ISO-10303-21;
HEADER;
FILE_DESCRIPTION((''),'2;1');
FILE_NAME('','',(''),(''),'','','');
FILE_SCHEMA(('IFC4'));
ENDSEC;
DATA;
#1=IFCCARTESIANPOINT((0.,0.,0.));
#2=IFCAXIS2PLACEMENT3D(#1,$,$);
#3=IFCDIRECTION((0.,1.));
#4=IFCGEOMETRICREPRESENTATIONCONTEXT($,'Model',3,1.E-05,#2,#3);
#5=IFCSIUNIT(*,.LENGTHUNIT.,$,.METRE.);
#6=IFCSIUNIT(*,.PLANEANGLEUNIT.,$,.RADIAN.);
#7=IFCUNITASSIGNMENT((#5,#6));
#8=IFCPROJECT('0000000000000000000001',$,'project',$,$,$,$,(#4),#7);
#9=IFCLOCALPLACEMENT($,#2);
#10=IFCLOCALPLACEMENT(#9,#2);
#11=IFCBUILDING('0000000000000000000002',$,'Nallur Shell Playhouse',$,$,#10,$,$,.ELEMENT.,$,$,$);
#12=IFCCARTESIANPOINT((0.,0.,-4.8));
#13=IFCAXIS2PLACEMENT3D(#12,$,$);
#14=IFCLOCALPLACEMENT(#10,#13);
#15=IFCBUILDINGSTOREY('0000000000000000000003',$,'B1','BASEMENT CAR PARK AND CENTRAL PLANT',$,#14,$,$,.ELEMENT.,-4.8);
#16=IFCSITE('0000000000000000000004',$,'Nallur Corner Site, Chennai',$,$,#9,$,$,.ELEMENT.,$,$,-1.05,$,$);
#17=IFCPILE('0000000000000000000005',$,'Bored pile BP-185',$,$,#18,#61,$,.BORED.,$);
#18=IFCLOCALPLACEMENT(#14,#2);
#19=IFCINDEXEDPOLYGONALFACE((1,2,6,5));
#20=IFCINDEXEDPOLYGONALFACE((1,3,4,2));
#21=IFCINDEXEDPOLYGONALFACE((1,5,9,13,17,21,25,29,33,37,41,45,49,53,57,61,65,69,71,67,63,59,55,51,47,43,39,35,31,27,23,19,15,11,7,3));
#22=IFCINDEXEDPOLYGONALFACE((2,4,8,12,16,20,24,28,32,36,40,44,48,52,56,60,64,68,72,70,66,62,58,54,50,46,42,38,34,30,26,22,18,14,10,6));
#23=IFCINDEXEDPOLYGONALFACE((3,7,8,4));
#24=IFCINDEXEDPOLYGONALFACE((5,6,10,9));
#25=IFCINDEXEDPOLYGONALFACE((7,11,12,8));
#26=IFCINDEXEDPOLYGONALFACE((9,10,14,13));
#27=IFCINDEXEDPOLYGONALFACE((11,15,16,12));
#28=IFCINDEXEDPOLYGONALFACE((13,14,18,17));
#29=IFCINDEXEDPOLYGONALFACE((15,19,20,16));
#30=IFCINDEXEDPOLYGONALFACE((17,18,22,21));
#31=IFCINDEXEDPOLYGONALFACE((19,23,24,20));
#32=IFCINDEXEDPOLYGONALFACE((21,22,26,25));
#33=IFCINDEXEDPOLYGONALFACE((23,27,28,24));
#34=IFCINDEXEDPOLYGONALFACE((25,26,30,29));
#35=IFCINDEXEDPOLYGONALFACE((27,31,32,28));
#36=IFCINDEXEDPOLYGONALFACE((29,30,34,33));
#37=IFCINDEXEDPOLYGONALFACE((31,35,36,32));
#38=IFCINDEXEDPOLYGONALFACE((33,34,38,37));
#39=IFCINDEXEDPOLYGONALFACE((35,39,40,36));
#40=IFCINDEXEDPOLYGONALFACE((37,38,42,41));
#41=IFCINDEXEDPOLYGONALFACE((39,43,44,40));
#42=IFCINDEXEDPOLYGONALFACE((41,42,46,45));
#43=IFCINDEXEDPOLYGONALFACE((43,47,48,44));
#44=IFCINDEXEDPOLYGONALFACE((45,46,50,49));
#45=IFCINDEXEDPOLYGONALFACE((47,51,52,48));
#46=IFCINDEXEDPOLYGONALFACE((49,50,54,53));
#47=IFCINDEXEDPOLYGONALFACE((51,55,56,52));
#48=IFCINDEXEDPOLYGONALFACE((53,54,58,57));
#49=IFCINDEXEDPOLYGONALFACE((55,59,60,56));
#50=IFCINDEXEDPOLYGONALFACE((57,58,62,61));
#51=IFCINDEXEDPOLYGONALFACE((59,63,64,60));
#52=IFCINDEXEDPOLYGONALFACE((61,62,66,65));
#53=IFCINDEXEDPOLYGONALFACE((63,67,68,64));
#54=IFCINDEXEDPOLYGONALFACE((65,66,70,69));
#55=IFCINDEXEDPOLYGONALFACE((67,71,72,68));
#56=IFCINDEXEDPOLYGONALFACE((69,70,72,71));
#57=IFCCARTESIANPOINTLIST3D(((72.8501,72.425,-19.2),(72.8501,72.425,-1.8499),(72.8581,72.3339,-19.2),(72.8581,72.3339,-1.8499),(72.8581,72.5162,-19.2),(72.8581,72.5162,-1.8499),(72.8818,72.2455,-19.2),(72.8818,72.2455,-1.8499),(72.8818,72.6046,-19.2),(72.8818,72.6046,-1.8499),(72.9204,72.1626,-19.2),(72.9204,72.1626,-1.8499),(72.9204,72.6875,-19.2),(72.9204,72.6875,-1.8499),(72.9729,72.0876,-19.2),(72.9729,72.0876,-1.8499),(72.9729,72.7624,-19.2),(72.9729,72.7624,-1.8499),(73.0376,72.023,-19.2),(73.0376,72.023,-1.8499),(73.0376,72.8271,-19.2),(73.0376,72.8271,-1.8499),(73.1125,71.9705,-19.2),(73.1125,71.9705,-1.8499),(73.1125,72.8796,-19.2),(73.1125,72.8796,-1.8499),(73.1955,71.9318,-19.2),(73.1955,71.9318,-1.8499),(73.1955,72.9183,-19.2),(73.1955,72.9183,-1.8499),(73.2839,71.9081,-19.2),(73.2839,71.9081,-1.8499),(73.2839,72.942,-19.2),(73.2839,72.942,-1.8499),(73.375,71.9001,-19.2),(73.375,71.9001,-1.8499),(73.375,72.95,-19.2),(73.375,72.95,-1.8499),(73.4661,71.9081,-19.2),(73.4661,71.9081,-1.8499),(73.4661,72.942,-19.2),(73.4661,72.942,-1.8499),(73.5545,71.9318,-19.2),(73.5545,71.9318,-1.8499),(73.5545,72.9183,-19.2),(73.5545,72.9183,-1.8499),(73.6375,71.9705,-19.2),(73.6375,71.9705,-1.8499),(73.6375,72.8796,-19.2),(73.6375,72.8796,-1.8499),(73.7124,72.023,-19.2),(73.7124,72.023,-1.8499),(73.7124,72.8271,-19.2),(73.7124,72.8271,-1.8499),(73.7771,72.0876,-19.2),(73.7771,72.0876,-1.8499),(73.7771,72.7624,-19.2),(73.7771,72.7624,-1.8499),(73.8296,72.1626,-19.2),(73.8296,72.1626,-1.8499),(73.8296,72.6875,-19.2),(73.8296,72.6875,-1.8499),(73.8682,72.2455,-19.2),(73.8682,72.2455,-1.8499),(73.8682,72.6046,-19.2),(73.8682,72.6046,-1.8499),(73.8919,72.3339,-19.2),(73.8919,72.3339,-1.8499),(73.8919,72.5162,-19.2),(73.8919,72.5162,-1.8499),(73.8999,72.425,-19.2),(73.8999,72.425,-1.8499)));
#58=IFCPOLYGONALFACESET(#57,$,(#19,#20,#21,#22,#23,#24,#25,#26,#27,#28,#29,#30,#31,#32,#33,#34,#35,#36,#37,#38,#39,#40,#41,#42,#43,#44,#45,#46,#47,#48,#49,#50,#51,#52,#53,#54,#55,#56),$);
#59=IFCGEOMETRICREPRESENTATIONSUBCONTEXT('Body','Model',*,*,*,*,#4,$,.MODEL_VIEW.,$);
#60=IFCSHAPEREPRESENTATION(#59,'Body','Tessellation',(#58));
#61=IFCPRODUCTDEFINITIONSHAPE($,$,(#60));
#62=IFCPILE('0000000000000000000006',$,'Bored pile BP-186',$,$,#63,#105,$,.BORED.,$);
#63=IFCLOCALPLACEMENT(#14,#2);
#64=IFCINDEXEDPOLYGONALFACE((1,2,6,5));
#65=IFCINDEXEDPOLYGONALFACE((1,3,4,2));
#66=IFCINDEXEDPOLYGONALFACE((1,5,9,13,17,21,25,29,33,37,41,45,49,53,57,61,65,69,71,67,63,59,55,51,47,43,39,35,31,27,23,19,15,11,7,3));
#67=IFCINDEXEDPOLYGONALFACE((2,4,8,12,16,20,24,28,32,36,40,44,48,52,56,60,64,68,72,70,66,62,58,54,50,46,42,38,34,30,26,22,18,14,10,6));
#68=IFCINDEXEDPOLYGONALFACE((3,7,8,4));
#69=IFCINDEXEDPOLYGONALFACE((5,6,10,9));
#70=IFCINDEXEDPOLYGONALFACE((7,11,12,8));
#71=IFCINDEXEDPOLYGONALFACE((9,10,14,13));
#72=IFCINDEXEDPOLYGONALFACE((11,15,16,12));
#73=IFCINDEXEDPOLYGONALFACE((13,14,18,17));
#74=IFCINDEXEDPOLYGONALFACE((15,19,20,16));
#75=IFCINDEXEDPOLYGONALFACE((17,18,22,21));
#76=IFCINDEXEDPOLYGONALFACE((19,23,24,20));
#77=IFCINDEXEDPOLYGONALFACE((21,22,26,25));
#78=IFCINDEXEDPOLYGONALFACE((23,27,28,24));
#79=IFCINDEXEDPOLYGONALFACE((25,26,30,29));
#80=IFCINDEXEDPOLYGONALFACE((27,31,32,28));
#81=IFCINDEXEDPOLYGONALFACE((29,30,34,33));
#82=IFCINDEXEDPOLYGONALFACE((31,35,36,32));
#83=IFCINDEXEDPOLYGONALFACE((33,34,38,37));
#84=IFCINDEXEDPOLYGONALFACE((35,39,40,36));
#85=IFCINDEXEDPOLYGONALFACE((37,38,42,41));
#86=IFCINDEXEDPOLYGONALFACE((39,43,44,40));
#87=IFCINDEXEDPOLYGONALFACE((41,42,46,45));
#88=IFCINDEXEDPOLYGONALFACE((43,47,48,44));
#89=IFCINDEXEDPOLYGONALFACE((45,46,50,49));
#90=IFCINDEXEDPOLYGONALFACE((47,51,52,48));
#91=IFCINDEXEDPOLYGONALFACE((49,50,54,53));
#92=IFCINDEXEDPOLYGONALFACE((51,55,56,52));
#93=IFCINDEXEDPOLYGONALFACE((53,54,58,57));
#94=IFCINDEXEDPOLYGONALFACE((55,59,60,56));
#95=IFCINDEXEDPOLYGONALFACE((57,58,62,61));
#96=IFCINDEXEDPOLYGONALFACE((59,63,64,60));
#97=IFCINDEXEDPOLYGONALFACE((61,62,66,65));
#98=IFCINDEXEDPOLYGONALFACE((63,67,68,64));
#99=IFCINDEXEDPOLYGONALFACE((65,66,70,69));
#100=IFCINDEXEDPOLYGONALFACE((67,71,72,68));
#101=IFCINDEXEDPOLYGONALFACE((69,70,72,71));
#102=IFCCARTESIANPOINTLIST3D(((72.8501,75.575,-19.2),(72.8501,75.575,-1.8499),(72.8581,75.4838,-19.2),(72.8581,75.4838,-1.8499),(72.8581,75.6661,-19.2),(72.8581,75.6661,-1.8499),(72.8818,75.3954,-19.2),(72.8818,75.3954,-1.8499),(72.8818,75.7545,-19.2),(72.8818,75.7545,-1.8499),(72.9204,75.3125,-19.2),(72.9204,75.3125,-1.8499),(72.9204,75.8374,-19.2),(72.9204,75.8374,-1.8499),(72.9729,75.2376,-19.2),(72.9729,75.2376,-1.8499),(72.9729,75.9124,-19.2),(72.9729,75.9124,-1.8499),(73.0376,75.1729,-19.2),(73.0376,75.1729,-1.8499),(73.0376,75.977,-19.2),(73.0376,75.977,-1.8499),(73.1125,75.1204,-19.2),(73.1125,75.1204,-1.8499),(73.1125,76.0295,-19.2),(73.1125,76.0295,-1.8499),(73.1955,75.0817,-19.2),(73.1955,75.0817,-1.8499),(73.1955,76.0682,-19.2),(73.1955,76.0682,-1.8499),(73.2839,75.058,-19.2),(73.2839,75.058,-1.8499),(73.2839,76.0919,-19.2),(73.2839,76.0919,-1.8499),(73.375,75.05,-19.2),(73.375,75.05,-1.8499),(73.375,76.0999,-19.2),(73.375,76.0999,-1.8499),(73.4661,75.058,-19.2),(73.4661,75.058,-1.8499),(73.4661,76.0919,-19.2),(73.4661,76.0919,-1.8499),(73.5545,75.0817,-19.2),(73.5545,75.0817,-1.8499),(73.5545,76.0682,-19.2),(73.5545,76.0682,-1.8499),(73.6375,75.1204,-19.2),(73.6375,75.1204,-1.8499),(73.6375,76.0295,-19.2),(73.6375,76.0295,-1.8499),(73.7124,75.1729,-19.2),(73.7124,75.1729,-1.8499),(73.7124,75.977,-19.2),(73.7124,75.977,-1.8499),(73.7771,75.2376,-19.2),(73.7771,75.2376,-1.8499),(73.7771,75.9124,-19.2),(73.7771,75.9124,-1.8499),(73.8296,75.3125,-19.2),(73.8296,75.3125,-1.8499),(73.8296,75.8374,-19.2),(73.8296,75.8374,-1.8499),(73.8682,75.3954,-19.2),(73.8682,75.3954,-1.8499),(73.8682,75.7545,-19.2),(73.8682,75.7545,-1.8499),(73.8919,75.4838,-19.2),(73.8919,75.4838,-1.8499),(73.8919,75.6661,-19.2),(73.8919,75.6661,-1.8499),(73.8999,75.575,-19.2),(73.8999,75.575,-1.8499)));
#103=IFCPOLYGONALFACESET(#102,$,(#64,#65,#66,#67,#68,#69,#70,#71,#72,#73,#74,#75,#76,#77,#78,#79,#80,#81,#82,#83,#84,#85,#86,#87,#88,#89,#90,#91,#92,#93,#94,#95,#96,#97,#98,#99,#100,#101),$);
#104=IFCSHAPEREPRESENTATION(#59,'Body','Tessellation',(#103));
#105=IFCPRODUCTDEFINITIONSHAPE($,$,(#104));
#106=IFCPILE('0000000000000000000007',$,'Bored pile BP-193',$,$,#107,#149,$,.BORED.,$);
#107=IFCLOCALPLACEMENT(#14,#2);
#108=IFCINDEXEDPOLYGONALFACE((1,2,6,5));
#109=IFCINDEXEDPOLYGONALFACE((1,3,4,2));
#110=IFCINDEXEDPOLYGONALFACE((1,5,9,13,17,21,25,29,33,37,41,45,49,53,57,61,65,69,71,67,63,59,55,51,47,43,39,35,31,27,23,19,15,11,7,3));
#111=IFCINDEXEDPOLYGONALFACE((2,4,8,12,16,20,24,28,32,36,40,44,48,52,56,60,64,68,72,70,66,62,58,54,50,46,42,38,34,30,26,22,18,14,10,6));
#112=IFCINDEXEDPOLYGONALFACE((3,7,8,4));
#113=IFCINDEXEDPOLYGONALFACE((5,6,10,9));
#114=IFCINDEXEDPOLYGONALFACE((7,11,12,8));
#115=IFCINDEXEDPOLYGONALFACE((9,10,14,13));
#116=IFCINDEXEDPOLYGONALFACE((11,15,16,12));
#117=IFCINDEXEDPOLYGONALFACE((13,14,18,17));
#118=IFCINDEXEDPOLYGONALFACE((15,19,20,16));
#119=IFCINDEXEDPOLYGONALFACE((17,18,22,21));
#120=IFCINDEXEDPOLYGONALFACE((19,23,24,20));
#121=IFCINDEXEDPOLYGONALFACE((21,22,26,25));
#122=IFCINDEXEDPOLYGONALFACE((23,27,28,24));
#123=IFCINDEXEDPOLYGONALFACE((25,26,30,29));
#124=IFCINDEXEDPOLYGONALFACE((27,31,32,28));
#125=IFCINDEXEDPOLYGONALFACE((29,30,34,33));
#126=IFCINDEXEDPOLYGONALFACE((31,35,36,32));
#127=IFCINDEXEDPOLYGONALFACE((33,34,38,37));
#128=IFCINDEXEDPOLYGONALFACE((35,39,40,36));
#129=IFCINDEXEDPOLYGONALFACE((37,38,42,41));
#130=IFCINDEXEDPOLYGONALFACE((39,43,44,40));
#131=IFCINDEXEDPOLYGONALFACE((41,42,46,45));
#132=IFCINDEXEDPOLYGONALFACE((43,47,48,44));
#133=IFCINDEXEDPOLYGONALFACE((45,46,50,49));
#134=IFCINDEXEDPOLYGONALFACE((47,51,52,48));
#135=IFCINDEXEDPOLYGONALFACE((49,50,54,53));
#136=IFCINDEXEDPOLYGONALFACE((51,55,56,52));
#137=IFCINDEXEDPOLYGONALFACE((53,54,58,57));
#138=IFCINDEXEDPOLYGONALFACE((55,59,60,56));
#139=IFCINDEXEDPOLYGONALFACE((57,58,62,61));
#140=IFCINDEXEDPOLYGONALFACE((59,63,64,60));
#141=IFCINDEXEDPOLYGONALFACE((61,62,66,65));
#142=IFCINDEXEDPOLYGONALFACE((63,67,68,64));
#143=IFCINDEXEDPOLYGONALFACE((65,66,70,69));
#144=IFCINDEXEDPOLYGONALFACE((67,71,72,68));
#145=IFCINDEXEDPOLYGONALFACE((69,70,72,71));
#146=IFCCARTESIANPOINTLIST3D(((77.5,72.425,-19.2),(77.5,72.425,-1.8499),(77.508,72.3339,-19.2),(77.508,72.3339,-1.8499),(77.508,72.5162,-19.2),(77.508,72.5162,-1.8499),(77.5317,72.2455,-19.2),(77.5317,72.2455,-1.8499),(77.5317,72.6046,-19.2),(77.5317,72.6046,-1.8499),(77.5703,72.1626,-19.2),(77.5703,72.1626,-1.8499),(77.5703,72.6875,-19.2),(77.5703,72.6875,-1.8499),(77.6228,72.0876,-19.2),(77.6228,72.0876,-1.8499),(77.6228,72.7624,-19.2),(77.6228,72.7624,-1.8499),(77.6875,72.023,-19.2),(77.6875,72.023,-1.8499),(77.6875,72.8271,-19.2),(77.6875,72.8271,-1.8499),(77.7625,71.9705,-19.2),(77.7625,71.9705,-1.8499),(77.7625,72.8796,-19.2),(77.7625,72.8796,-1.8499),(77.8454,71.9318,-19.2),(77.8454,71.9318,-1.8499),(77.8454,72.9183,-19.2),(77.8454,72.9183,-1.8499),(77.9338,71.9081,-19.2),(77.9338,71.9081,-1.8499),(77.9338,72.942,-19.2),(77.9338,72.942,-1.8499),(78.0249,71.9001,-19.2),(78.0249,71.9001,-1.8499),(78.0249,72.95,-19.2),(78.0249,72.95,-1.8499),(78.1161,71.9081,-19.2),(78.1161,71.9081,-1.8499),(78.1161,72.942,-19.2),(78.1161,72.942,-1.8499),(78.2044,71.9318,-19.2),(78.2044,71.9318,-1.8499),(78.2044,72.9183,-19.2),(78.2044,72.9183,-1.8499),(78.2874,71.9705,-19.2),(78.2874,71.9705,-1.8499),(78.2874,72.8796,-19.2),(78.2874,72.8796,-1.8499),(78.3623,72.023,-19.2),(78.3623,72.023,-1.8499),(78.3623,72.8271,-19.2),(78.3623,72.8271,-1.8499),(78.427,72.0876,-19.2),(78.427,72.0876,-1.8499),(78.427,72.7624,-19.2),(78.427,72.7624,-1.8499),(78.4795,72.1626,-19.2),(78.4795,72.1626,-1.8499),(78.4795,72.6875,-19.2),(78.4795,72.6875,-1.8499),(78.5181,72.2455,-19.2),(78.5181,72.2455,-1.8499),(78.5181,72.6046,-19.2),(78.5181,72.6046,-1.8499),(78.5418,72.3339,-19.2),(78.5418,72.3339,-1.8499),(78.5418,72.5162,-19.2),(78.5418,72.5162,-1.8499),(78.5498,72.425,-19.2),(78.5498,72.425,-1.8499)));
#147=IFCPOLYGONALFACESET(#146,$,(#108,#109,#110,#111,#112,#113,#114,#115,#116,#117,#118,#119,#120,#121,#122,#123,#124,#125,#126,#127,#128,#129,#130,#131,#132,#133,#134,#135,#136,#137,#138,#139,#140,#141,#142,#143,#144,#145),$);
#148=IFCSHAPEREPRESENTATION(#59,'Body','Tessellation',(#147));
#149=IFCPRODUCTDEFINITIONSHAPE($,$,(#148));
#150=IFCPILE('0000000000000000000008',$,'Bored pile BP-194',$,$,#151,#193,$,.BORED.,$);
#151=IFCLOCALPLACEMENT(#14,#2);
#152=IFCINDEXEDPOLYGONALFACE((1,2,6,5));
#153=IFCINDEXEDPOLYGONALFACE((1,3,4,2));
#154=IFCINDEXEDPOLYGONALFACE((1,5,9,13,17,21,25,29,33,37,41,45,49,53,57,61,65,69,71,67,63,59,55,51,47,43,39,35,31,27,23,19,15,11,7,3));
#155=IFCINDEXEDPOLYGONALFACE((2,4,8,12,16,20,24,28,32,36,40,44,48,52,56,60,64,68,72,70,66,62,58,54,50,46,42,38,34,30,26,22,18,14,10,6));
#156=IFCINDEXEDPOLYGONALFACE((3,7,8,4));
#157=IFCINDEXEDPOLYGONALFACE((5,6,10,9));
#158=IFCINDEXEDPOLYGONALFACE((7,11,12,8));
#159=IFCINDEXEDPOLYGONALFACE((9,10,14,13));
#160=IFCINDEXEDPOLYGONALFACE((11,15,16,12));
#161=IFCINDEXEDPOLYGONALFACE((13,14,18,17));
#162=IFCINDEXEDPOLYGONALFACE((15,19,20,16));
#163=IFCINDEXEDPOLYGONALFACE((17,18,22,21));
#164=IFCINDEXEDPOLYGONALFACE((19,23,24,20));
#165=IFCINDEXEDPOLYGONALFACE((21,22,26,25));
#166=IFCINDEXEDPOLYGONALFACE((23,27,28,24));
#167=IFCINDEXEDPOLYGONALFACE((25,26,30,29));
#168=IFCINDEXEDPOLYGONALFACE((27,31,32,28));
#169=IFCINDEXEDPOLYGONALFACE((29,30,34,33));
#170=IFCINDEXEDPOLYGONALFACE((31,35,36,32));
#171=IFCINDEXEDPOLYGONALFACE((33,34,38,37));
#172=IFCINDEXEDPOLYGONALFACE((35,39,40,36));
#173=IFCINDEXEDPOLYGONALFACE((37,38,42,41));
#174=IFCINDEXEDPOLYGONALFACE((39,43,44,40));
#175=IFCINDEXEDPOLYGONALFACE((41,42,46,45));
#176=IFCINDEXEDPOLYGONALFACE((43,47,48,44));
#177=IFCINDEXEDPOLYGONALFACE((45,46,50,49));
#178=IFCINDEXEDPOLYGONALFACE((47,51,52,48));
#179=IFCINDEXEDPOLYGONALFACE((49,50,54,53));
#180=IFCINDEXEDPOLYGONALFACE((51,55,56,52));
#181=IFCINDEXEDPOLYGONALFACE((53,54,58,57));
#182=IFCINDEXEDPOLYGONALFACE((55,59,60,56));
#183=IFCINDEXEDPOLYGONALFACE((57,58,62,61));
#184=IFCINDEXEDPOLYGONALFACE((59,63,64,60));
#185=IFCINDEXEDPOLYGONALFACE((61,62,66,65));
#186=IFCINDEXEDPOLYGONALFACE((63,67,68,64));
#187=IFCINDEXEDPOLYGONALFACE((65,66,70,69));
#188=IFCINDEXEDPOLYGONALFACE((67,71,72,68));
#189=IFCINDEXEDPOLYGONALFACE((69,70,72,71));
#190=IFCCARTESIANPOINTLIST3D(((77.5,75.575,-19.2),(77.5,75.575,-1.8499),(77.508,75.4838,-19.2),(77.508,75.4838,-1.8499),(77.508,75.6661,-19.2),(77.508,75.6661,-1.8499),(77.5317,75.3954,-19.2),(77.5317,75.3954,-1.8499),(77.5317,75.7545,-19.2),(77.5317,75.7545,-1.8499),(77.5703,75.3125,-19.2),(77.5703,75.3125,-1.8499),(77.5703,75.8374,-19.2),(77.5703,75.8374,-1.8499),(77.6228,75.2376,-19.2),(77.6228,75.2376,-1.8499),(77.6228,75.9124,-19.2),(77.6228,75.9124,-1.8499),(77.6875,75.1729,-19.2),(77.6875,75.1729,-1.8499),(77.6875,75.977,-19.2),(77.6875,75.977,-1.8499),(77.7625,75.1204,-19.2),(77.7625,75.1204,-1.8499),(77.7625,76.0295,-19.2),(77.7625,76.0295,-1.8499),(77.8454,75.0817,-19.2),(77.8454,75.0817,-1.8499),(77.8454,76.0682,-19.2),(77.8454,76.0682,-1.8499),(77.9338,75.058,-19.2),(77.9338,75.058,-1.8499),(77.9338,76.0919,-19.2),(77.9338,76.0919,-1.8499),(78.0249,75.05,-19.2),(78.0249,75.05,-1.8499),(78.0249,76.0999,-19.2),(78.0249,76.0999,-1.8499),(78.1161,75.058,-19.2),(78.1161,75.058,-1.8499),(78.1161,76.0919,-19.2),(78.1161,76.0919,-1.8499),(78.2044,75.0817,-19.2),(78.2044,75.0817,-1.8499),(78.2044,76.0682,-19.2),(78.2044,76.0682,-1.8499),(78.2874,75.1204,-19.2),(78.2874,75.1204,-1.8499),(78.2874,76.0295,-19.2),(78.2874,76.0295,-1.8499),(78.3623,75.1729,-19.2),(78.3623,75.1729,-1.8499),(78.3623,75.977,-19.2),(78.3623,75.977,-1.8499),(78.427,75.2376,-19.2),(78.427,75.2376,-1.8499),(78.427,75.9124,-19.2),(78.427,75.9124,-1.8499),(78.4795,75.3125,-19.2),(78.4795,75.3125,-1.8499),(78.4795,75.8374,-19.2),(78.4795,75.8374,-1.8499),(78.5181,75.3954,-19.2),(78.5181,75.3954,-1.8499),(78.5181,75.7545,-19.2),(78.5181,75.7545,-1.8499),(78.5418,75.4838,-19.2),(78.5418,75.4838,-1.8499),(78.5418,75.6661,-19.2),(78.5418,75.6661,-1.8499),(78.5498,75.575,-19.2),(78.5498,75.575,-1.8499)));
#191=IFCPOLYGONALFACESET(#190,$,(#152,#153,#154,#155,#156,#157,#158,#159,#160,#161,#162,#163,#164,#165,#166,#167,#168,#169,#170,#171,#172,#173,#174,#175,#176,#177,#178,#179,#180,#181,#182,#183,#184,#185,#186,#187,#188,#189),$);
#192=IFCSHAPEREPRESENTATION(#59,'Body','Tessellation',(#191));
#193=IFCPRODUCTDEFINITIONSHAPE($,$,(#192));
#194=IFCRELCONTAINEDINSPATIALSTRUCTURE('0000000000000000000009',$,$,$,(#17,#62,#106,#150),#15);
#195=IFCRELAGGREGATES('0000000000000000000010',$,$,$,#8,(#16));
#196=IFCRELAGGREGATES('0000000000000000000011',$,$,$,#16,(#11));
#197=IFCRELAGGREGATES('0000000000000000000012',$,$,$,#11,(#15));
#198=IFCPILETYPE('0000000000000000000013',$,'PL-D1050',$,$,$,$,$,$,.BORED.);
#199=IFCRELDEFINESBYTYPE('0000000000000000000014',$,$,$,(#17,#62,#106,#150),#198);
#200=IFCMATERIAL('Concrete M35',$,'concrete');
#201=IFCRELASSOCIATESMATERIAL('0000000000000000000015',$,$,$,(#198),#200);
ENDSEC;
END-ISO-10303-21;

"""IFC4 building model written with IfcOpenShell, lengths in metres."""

from ifc_helpers import new_model, si_unit, direction, frame, origin, origin_2d, place, context, subcontext, project, spatial, circle, extrude, material, material_profile, profile_set, type_object, element, save


model = new_model("IFC4")

# Units and contexts
model_context = context("Model", 3, precision=1e-05, world=origin(), true_north=direction((0.0, 1.0)))
body_context = subcontext(model_context, "Body", "Model", "MODEL_VIEW")
ifc_project = project(units=[si_unit("LENGTHUNIT", "METRE"), si_unit("PLANEANGLEUNIT", "RADIAN")], contexts=[model_context])

# Site, building, storey
site_placement = place(None, origin())
site = spatial("IfcSite", under=ifc_project, at=site_placement, Name="Nallur Corner Site, Chennai", CompositionType="ELEMENT", RefElevation=-1.05)
building_placement = place(site_placement, origin())
building = spatial("IfcBuilding", under=site, at=building_placement, Name="Nallur Shell Playhouse", CompositionType="ELEMENT")
storey_placement = place(building_placement, frame((0.0, 0.0, -4.8)))
storey = spatial("IfcBuildingStorey", under=building, at=storey_placement, Name="B1", Description="BASEMENT CAR PARK AND CENTRAL PLANT", CompositionType="ELEMENT", Elevation=-4.8)

# Shared definitions
ifc_material_1 = material(Name="Concrete M35", Category="concrete")

# Piles
ifc_material_profile_1 = material_profile(ifc_material_1, circle(Radius=0.5249, at=origin_2d()), Name="BORED PILE D1050")
ifc_profile_set_1 = profile_set([ifc_material_profile_1], Name="Concrete M35")
pile_type = type_object("IfcPileType", Name="PL-D1050", PredefinedType="BORED", material=ifc_profile_set_1)
for number, where, z_axis, x_axis, name in (
    (1, (73.375, 72.425, -1.8499), (0.0, 0.0, -1.0), (1.0, 0.0, 0.0), "Bored pile BP-185"),
    (2, (73.375, 75.575, -1.8499), (0.0, 0.0, -1.0), (1.0, 0.0, 0.0), "Bored pile BP-186"),
    (3, (78.0249, 72.425, -1.8499), (0.0, 0.0, -1.0), (1.0, 0.0, 0.0), "Bored pile BP-193"),
    (4, (78.0249, 75.575, -1.8499), (0.0, 0.0, -1.0), (1.0, 0.0, 0.0), "Bored pile BP-194"),
):
    element("IfcPile", number, at=place(storey_placement, frame(where, z_axis=z_axis, x_axis=x_axis)), inside=storey, type_object=pile_type, Name=name, PredefinedType="BORED", context=body_context, shape_type="SweptSolid", body=[
        extrude(circle(Radius=0.5249, at=origin_2d()), origin(), (0.0, 0.0, 1.0), 17.3501),
    ])

save(model, "model.ifc")
